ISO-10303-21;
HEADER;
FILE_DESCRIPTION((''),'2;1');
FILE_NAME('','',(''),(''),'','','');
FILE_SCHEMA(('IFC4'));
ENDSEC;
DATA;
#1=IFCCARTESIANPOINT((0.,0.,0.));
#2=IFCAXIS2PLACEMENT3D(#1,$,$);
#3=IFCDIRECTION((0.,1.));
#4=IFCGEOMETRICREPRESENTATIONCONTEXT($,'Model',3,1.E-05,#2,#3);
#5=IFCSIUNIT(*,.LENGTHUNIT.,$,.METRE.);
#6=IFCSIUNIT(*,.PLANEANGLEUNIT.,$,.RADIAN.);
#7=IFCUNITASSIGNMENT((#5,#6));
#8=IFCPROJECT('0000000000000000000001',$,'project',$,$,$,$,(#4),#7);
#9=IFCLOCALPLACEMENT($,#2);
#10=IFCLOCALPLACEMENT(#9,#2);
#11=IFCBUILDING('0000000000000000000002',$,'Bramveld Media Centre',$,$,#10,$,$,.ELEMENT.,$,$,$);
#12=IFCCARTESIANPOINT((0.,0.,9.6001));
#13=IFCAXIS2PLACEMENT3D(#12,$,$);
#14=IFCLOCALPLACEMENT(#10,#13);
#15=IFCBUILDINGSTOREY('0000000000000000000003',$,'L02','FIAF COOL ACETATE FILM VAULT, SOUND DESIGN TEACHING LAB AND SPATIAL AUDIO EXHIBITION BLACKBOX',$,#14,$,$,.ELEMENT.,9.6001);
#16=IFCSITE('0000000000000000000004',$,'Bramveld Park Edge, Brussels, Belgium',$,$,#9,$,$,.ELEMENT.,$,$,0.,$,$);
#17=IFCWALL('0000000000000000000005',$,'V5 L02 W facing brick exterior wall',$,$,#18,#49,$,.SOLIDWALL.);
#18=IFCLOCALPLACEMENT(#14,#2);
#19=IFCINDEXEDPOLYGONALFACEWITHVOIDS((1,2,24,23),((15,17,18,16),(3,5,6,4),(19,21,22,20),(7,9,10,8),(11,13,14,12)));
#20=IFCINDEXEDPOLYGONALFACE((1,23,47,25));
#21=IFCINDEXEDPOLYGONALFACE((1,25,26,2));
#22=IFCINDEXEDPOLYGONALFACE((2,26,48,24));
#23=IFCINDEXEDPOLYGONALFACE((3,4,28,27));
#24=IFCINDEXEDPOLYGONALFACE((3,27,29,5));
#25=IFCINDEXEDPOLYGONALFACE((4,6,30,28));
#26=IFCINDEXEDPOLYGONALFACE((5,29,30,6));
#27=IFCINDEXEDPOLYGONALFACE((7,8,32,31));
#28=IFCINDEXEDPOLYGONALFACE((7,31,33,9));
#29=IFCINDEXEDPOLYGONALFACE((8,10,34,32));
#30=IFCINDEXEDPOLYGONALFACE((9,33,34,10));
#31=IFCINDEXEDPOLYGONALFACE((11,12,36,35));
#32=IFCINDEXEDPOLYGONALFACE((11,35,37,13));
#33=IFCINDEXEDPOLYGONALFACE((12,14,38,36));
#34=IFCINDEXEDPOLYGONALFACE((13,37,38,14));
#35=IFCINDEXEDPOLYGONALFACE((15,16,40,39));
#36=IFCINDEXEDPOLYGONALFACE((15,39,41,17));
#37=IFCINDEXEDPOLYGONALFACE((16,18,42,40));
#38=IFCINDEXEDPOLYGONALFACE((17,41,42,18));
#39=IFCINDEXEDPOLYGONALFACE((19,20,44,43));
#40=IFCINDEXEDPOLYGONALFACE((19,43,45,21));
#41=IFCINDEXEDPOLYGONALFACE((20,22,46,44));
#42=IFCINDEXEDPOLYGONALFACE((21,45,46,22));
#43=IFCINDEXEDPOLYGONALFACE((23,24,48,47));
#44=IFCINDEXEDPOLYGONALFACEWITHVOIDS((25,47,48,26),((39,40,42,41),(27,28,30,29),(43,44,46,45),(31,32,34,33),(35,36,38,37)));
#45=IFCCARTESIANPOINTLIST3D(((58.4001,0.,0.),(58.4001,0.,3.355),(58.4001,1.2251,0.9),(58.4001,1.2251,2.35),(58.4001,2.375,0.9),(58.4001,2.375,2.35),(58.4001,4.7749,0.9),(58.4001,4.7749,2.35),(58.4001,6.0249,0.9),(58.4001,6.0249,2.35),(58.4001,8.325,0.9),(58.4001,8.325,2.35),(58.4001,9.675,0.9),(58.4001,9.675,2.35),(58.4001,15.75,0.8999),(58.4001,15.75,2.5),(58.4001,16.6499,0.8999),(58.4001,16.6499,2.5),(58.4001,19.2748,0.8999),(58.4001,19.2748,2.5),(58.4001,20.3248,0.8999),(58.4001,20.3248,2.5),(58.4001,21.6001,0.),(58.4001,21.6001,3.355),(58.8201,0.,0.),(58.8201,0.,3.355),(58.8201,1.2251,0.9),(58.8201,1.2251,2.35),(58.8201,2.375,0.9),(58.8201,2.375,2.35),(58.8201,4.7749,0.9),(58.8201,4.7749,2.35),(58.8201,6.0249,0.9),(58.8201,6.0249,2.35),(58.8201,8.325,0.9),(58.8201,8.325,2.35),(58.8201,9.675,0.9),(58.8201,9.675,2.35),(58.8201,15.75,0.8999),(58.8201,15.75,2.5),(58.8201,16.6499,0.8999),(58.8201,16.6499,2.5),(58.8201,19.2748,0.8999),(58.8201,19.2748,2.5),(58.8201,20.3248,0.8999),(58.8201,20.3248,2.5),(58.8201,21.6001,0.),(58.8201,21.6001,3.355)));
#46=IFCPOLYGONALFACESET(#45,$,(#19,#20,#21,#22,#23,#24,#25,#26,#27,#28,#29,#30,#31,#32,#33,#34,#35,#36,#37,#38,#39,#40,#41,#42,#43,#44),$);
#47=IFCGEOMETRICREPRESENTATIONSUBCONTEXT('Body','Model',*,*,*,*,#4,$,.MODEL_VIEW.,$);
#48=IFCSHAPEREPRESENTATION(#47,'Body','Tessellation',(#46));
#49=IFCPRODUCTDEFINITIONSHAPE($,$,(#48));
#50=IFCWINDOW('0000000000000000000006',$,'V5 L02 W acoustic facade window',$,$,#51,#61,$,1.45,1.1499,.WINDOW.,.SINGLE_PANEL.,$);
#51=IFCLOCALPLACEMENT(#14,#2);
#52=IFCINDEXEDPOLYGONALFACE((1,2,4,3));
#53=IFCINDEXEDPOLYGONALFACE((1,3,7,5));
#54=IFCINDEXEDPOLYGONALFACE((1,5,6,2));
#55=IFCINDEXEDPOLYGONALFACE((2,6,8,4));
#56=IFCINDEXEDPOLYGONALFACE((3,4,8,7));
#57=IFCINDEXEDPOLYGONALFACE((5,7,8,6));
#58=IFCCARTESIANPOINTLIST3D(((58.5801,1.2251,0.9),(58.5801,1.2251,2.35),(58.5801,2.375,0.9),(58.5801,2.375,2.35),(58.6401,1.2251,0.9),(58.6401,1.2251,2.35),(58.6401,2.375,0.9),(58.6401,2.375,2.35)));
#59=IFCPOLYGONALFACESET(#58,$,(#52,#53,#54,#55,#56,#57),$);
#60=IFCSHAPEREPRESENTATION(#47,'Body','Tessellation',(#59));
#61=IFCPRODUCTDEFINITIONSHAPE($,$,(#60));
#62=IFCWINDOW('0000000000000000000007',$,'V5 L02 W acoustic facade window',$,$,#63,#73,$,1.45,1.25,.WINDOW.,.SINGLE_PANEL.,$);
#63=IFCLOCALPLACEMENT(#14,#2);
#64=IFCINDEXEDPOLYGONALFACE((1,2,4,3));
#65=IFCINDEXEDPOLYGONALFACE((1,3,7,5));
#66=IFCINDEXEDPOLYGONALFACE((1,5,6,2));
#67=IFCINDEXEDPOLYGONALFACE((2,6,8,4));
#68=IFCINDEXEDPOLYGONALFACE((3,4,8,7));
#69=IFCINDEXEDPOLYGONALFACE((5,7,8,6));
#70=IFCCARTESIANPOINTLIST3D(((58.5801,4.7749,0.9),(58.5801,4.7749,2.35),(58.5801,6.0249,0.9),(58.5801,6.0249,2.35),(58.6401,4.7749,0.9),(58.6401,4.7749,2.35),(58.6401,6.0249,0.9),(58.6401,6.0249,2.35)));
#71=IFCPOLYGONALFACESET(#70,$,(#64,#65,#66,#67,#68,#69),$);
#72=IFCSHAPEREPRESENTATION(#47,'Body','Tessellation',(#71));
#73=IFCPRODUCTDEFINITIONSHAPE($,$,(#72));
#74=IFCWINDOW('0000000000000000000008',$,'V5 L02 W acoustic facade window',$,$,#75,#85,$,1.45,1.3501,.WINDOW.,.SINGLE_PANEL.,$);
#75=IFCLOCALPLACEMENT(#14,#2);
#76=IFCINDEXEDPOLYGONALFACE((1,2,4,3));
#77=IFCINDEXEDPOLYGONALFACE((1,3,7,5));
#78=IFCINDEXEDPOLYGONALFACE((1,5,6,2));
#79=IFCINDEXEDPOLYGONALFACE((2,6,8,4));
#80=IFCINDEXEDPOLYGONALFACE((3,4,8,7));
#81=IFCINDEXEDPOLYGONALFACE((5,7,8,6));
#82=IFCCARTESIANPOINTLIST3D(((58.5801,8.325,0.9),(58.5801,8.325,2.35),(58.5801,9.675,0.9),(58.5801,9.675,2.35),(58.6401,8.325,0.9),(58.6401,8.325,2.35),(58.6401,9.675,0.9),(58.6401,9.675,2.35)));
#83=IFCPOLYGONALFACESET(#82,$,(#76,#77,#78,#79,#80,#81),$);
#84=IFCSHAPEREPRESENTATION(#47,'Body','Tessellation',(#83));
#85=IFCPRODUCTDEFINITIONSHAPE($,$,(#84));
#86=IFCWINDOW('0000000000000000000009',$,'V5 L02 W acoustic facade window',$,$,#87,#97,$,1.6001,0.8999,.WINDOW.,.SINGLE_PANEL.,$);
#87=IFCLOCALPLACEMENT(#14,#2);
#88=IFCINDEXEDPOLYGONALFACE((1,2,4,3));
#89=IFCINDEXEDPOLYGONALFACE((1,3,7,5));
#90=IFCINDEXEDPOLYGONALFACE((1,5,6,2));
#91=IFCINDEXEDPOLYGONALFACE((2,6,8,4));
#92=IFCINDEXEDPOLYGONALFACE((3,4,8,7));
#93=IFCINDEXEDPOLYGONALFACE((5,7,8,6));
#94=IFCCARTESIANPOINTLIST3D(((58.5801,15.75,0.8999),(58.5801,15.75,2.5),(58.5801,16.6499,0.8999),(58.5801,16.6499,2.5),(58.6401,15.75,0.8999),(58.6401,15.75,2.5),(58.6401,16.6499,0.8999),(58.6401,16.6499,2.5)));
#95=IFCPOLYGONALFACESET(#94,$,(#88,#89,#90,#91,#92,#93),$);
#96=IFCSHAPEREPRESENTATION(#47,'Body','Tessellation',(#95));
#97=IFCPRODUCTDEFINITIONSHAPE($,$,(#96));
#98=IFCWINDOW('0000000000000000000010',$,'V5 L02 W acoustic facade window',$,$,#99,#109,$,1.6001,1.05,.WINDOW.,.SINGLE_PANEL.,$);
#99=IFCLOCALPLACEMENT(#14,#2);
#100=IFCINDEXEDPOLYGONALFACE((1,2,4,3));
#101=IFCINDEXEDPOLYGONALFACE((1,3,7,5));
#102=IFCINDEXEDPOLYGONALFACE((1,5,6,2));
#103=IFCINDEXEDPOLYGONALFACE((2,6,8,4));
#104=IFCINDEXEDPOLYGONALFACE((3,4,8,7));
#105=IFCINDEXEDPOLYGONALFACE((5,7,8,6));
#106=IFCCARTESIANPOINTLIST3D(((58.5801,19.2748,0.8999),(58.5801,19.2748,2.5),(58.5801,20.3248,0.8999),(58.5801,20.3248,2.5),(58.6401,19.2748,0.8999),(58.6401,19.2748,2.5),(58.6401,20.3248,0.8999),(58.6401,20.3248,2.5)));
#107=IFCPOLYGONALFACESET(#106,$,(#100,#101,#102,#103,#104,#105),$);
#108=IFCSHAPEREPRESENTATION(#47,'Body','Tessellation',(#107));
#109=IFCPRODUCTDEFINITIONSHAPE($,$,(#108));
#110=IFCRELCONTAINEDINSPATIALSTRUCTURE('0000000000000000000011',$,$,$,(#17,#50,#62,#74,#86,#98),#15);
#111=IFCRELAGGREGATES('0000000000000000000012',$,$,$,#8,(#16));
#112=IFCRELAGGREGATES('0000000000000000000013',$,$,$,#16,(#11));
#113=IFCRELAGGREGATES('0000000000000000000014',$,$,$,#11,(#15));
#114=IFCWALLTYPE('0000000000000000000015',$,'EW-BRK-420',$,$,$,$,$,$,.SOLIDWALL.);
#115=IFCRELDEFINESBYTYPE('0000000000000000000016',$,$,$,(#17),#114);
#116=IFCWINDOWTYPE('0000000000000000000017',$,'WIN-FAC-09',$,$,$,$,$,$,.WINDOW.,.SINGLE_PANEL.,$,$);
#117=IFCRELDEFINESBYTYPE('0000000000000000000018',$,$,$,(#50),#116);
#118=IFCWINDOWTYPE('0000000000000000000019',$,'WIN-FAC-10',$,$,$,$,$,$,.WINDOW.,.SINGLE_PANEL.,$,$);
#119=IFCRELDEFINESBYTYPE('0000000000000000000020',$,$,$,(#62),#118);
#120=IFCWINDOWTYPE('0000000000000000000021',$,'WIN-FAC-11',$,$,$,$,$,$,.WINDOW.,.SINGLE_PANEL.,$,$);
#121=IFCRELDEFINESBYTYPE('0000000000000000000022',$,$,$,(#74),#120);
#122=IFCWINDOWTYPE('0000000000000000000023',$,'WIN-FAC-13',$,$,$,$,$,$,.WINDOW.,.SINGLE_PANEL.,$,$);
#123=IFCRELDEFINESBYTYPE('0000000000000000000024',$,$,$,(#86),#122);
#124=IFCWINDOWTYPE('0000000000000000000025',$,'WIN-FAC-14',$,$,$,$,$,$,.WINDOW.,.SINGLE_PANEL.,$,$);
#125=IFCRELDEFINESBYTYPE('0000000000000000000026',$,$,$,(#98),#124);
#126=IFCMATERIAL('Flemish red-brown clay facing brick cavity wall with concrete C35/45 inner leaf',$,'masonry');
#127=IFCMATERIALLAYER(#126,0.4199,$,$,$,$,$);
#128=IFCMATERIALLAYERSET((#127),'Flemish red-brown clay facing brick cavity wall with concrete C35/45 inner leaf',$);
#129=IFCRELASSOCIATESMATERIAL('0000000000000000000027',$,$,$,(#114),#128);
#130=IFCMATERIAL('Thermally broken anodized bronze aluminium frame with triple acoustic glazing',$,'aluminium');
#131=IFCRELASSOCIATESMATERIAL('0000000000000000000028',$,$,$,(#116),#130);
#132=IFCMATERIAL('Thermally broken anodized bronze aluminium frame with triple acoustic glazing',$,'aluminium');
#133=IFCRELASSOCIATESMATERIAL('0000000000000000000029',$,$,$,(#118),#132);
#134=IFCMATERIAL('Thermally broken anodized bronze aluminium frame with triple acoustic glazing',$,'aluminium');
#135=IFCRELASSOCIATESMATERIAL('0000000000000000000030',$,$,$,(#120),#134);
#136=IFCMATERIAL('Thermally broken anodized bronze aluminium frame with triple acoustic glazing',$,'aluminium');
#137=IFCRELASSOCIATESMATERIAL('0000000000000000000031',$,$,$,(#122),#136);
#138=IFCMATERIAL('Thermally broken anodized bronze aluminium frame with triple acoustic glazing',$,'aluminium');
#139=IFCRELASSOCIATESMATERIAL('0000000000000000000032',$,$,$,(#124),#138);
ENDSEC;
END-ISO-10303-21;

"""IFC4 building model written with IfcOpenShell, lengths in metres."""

from ifc_helpers import new_model, si_unit, direction, frame, frame_2d, origin, place, context, subcontext, project, spatial, rectangle, extrude, material, layer, layer_set, type_object, element, fill, save


model = new_model("IFC4")

# Units and contexts
model_context = context("Model", 3, precision=1e-05, world=origin(), true_north=direction((0.0, 1.0)))
body_context = subcontext(model_context, "Body", "Model", "MODEL_VIEW")
ifc_project = project(units=[si_unit("LENGTHUNIT", "METRE"), si_unit("PLANEANGLEUNIT", "RADIAN")], contexts=[model_context])

# Site, building, storey
site_placement = place(None, origin())
site = spatial("IfcSite", under=ifc_project, at=site_placement, Name="Bramveld Park Edge, Brussels, Belgium", CompositionType="ELEMENT", RefElevation=0.0)
building_placement = place(site_placement, origin())
building = spatial("IfcBuilding", under=site, at=building_placement, Name="Bramveld Media Centre", CompositionType="ELEMENT")
storey_placement = place(building_placement, frame((0.0, 0.0, 9.6001)))
storey = spatial("IfcBuildingStorey", under=building, at=storey_placement, Name="L02", Description="FIAF COOL ACETATE FILM VAULT, SOUND DESIGN TEACHING LAB AND SPATIAL AUDIO EXHIBITION BLACKBOX", CompositionType="ELEMENT", Elevation=9.6001)

# Wall, openings, windows
ifc_material_1 = material(Name="Flemish red-brown clay facing brick cavity wall with concrete C35/45 inner leaf", Category="masonry")
ifc_layer = layer(ifc_material_1, 0.4199)
ifc_layer_set = layer_set([ifc_layer], Name="Flemish red-brown clay facing brick cavity wall with concrete C35/45 inner leaf")
wall_type = type_object("IfcWallType", Name="EW-BRK-420", PredefinedType="SOLIDWALL", material=ifc_layer_set)
wall_placement = place(storey_placement, frame((58.6101, 0.0, 0.0), z_axis=(0.0, 0.0, 1.0), x_axis=(0.0, 1.0, 0.0)))
wall = element("IfcWall", 1, at=wall_placement, inside=storey, type_object=wall_type, Name="V5 L02 W facing brick exterior wall", PredefinedType="SOLIDWALL", context=body_context, shape_type="SweptSolid", body=[
    extrude(rectangle(XDim=21.6001, YDim=0.4199, at=frame_2d((10.8, 0.0))), origin(), (0.0, 0.0, 1.0), 3.355),
])
opening_1_placement = place(wall_placement, frame((1.2251, 0.0, 0.8999)))
opening_1 = element("IfcOpeningElement", 2, at=opening_1_placement, cuts=wall, PredefinedType="OPENING", context=body_context, shape_type="SweptSolid", body=[
    extrude(rectangle(XDim=1.1499, YDim=1.45, at=frame_2d((0.575, 0.7251))), frame((0.0, 0.2219, 0.0), z_axis=(0.0, -1.0, 0.0), x_axis=(1.0, 0.0, 0.0)), (0.0, 0.0, 1.0), 0.4438),
])
opening_2_placement = place(wall_placement, frame((4.7749, 0.0, 0.8999)))
opening_2 = element("IfcOpeningElement", 3, at=opening_2_placement, cuts=wall, PredefinedType="OPENING", context=body_context, shape_type="SweptSolid", body=[
    extrude(rectangle(XDim=1.25, YDim=1.45, at=frame_2d((0.625, 0.7251))), frame((0.0, 0.2219, 0.0), z_axis=(0.0, -1.0, 0.0), x_axis=(1.0, 0.0, 0.0)), (0.0, 0.0, 1.0), 0.4438),
])
opening_3_placement = place(wall_placement, frame((8.325, 0.0, 0.8999)))
opening_3 = element("IfcOpeningElement", 4, at=opening_3_placement, cuts=wall, PredefinedType="OPENING", context=body_context, shape_type="SweptSolid", body=[
    extrude(rectangle(XDim=1.3501, YDim=1.45, at=frame_2d((0.675, 0.7251))), frame((0.0, 0.2219, 0.0), z_axis=(0.0, -1.0, 0.0), x_axis=(1.0, 0.0, 0.0)), (0.0, 0.0, 1.0), 0.4438),
])
opening_4_placement = place(wall_placement, frame((15.75, 0.0, 0.8999)))
opening_4 = element("IfcOpeningElement", 5, at=opening_4_placement, cuts=wall, PredefinedType="OPENING", context=body_context, shape_type="SweptSolid", body=[
    extrude(rectangle(XDim=0.8999, YDim=1.6001, at=frame_2d((0.45, 0.8))), frame((0.0, 0.2219, 0.0), z_axis=(0.0, -1.0, 0.0), x_axis=(1.0, 0.0, 0.0)), (0.0, 0.0, 1.0), 0.4438),
])
opening_5_placement = place(wall_placement, frame((19.2749, 0.0, 0.8999)))
opening_5 = element("IfcOpeningElement", 6, at=opening_5_placement, cuts=wall, PredefinedType="OPENING", context=body_context, shape_type="SweptSolid", body=[
    extrude(rectangle(XDim=1.05, YDim=1.6001, at=frame_2d((0.5249, 0.8))), frame((0.0, 0.2219, 0.0), z_axis=(0.0, -1.0, 0.0), x_axis=(1.0, 0.0, 0.0)), (0.0, 0.0, 1.0), 0.4438),
])
ifc_material_2 = material(Name="Thermally broken anodized bronze aluminium frame with triple acoustic glazing", Category="aluminium")
window_type_1 = type_object("IfcWindowType", Name="WIN-FAC-09", PartitioningType="SINGLE_PANEL", PredefinedType="WINDOW", material=ifc_material_2)
window_1_placement = place(opening_1_placement, origin())
window_1 = element("IfcWindow", 7, at=window_1_placement, inside=storey, type_object=window_type_1, Name="V5 L02 W acoustic facade window", OverallHeight=1.45, OverallWidth=1.1499, PartitioningType="SINGLE_PANEL", PredefinedType="WINDOW", context=body_context, shape_type="SweptSolid", body=[
    extrude(rectangle(XDim=1.1499, YDim=1.45, at=frame_2d((0.575, 0.7251))), frame((0.0, 0.03, 0.0), z_axis=(0.0, -1.0, 0.0), x_axis=(1.0, 0.0, 0.0)), (0.0, 0.0, 1.0), 0.0601),
])
fill(opening_1, window_1)
ifc_material_3 = material(Name="Thermally broken anodized bronze aluminium frame with triple acoustic glazing", Category="aluminium")
window_type_2 = type_object("IfcWindowType", Name="WIN-FAC-10", PartitioningType="SINGLE_PANEL", PredefinedType="WINDOW", material=ifc_material_3)
window_2_placement = place(opening_2_placement, origin())
window_2 = element("IfcWindow", 8, at=window_2_placement, inside=storey, type_object=window_type_2, Name="V5 L02 W acoustic facade window", OverallHeight=1.45, OverallWidth=1.25, PartitioningType="SINGLE_PANEL", PredefinedType="WINDOW", context=body_context, shape_type="SweptSolid", body=[
    extrude(rectangle(XDim=1.25, YDim=1.45, at=frame_2d((0.625, 0.7251))), frame((0.0, 0.03, 0.0), z_axis=(0.0, -1.0, 0.0), x_axis=(1.0, 0.0, 0.0)), (0.0, 0.0, 1.0), 0.0601),
])
fill(opening_2, window_2)
ifc_material_4 = material(Name="Thermally broken anodized bronze aluminium frame with triple acoustic glazing", Category="aluminium")
window_type_3 = type_object("IfcWindowType", Name="WIN-FAC-11", PartitioningType="SINGLE_PANEL", PredefinedType="WINDOW", material=ifc_material_4)
window_3_placement = place(opening_3_placement, origin())
window_3 = element("IfcWindow", 9, at=window_3_placement, inside=storey, type_object=window_type_3, Name="V5 L02 W acoustic facade window", OverallHeight=1.45, OverallWidth=1.3501, PartitioningType="SINGLE_PANEL", PredefinedType="WINDOW", context=body_context, shape_type="SweptSolid", body=[
    extrude(rectangle(XDim=1.3501, YDim=1.45, at=frame_2d((0.675, 0.7251))), frame((0.0, 0.03, 0.0), z_axis=(0.0, -1.0, 0.0), x_axis=(1.0, 0.0, 0.0)), (0.0, 0.0, 1.0), 0.0601),
])
fill(opening_3, window_3)
ifc_material_5 = material(Name="Thermally broken anodized bronze aluminium frame with triple acoustic glazing", Category="aluminium")
window_type_4 = type_object("IfcWindowType", Name="WIN-FAC-13", PartitioningType="SINGLE_PANEL", PredefinedType="WINDOW", material=ifc_material_5)
window_4_placement = place(opening_4_placement, origin())
window_4 = element("IfcWindow", 10, at=window_4_placement, inside=storey, type_object=window_type_4, Name="V5 L02 W acoustic facade window", OverallHeight=1.6001, OverallWidth=0.8999, PartitioningType="SINGLE_PANEL", PredefinedType="WINDOW", context=body_context, shape_type="SweptSolid", body=[
    extrude(rectangle(XDim=0.8999, YDim=1.6001, at=frame_2d((0.45, 0.8))), frame((0.0, 0.03, 0.0), z_axis=(0.0, -1.0, 0.0), x_axis=(1.0, 0.0, 0.0)), (0.0, 0.0, 1.0), 0.0601),
])
fill(opening_4, window_4)
ifc_material_6 = material(Name="Thermally broken anodized bronze aluminium frame with triple acoustic glazing", Category="aluminium")
window_type_5 = type_object("IfcWindowType", Name="WIN-FAC-14", PartitioningType="SINGLE_PANEL", PredefinedType="WINDOW", material=ifc_material_6)
window_5_placement = place(opening_5_placement, origin())
window_5 = element("IfcWindow", 11, at=window_5_placement, inside=storey, type_object=window_type_5, Name="V5 L02 W acoustic facade window", OverallHeight=1.6001, OverallWidth=1.05, PartitioningType="SINGLE_PANEL", PredefinedType="WINDOW", context=body_context, shape_type="SweptSolid", body=[
    extrude(rectangle(XDim=1.05, YDim=1.6001, at=frame_2d((0.5249, 0.8))), frame((0.0, 0.03, 0.0), z_axis=(0.0, -1.0, 0.0), x_axis=(1.0, 0.0, 0.0)), (0.0, 0.0, 1.0), 0.0601),
])
fill(opening_5, window_5)

save(model, "model.ifc")
